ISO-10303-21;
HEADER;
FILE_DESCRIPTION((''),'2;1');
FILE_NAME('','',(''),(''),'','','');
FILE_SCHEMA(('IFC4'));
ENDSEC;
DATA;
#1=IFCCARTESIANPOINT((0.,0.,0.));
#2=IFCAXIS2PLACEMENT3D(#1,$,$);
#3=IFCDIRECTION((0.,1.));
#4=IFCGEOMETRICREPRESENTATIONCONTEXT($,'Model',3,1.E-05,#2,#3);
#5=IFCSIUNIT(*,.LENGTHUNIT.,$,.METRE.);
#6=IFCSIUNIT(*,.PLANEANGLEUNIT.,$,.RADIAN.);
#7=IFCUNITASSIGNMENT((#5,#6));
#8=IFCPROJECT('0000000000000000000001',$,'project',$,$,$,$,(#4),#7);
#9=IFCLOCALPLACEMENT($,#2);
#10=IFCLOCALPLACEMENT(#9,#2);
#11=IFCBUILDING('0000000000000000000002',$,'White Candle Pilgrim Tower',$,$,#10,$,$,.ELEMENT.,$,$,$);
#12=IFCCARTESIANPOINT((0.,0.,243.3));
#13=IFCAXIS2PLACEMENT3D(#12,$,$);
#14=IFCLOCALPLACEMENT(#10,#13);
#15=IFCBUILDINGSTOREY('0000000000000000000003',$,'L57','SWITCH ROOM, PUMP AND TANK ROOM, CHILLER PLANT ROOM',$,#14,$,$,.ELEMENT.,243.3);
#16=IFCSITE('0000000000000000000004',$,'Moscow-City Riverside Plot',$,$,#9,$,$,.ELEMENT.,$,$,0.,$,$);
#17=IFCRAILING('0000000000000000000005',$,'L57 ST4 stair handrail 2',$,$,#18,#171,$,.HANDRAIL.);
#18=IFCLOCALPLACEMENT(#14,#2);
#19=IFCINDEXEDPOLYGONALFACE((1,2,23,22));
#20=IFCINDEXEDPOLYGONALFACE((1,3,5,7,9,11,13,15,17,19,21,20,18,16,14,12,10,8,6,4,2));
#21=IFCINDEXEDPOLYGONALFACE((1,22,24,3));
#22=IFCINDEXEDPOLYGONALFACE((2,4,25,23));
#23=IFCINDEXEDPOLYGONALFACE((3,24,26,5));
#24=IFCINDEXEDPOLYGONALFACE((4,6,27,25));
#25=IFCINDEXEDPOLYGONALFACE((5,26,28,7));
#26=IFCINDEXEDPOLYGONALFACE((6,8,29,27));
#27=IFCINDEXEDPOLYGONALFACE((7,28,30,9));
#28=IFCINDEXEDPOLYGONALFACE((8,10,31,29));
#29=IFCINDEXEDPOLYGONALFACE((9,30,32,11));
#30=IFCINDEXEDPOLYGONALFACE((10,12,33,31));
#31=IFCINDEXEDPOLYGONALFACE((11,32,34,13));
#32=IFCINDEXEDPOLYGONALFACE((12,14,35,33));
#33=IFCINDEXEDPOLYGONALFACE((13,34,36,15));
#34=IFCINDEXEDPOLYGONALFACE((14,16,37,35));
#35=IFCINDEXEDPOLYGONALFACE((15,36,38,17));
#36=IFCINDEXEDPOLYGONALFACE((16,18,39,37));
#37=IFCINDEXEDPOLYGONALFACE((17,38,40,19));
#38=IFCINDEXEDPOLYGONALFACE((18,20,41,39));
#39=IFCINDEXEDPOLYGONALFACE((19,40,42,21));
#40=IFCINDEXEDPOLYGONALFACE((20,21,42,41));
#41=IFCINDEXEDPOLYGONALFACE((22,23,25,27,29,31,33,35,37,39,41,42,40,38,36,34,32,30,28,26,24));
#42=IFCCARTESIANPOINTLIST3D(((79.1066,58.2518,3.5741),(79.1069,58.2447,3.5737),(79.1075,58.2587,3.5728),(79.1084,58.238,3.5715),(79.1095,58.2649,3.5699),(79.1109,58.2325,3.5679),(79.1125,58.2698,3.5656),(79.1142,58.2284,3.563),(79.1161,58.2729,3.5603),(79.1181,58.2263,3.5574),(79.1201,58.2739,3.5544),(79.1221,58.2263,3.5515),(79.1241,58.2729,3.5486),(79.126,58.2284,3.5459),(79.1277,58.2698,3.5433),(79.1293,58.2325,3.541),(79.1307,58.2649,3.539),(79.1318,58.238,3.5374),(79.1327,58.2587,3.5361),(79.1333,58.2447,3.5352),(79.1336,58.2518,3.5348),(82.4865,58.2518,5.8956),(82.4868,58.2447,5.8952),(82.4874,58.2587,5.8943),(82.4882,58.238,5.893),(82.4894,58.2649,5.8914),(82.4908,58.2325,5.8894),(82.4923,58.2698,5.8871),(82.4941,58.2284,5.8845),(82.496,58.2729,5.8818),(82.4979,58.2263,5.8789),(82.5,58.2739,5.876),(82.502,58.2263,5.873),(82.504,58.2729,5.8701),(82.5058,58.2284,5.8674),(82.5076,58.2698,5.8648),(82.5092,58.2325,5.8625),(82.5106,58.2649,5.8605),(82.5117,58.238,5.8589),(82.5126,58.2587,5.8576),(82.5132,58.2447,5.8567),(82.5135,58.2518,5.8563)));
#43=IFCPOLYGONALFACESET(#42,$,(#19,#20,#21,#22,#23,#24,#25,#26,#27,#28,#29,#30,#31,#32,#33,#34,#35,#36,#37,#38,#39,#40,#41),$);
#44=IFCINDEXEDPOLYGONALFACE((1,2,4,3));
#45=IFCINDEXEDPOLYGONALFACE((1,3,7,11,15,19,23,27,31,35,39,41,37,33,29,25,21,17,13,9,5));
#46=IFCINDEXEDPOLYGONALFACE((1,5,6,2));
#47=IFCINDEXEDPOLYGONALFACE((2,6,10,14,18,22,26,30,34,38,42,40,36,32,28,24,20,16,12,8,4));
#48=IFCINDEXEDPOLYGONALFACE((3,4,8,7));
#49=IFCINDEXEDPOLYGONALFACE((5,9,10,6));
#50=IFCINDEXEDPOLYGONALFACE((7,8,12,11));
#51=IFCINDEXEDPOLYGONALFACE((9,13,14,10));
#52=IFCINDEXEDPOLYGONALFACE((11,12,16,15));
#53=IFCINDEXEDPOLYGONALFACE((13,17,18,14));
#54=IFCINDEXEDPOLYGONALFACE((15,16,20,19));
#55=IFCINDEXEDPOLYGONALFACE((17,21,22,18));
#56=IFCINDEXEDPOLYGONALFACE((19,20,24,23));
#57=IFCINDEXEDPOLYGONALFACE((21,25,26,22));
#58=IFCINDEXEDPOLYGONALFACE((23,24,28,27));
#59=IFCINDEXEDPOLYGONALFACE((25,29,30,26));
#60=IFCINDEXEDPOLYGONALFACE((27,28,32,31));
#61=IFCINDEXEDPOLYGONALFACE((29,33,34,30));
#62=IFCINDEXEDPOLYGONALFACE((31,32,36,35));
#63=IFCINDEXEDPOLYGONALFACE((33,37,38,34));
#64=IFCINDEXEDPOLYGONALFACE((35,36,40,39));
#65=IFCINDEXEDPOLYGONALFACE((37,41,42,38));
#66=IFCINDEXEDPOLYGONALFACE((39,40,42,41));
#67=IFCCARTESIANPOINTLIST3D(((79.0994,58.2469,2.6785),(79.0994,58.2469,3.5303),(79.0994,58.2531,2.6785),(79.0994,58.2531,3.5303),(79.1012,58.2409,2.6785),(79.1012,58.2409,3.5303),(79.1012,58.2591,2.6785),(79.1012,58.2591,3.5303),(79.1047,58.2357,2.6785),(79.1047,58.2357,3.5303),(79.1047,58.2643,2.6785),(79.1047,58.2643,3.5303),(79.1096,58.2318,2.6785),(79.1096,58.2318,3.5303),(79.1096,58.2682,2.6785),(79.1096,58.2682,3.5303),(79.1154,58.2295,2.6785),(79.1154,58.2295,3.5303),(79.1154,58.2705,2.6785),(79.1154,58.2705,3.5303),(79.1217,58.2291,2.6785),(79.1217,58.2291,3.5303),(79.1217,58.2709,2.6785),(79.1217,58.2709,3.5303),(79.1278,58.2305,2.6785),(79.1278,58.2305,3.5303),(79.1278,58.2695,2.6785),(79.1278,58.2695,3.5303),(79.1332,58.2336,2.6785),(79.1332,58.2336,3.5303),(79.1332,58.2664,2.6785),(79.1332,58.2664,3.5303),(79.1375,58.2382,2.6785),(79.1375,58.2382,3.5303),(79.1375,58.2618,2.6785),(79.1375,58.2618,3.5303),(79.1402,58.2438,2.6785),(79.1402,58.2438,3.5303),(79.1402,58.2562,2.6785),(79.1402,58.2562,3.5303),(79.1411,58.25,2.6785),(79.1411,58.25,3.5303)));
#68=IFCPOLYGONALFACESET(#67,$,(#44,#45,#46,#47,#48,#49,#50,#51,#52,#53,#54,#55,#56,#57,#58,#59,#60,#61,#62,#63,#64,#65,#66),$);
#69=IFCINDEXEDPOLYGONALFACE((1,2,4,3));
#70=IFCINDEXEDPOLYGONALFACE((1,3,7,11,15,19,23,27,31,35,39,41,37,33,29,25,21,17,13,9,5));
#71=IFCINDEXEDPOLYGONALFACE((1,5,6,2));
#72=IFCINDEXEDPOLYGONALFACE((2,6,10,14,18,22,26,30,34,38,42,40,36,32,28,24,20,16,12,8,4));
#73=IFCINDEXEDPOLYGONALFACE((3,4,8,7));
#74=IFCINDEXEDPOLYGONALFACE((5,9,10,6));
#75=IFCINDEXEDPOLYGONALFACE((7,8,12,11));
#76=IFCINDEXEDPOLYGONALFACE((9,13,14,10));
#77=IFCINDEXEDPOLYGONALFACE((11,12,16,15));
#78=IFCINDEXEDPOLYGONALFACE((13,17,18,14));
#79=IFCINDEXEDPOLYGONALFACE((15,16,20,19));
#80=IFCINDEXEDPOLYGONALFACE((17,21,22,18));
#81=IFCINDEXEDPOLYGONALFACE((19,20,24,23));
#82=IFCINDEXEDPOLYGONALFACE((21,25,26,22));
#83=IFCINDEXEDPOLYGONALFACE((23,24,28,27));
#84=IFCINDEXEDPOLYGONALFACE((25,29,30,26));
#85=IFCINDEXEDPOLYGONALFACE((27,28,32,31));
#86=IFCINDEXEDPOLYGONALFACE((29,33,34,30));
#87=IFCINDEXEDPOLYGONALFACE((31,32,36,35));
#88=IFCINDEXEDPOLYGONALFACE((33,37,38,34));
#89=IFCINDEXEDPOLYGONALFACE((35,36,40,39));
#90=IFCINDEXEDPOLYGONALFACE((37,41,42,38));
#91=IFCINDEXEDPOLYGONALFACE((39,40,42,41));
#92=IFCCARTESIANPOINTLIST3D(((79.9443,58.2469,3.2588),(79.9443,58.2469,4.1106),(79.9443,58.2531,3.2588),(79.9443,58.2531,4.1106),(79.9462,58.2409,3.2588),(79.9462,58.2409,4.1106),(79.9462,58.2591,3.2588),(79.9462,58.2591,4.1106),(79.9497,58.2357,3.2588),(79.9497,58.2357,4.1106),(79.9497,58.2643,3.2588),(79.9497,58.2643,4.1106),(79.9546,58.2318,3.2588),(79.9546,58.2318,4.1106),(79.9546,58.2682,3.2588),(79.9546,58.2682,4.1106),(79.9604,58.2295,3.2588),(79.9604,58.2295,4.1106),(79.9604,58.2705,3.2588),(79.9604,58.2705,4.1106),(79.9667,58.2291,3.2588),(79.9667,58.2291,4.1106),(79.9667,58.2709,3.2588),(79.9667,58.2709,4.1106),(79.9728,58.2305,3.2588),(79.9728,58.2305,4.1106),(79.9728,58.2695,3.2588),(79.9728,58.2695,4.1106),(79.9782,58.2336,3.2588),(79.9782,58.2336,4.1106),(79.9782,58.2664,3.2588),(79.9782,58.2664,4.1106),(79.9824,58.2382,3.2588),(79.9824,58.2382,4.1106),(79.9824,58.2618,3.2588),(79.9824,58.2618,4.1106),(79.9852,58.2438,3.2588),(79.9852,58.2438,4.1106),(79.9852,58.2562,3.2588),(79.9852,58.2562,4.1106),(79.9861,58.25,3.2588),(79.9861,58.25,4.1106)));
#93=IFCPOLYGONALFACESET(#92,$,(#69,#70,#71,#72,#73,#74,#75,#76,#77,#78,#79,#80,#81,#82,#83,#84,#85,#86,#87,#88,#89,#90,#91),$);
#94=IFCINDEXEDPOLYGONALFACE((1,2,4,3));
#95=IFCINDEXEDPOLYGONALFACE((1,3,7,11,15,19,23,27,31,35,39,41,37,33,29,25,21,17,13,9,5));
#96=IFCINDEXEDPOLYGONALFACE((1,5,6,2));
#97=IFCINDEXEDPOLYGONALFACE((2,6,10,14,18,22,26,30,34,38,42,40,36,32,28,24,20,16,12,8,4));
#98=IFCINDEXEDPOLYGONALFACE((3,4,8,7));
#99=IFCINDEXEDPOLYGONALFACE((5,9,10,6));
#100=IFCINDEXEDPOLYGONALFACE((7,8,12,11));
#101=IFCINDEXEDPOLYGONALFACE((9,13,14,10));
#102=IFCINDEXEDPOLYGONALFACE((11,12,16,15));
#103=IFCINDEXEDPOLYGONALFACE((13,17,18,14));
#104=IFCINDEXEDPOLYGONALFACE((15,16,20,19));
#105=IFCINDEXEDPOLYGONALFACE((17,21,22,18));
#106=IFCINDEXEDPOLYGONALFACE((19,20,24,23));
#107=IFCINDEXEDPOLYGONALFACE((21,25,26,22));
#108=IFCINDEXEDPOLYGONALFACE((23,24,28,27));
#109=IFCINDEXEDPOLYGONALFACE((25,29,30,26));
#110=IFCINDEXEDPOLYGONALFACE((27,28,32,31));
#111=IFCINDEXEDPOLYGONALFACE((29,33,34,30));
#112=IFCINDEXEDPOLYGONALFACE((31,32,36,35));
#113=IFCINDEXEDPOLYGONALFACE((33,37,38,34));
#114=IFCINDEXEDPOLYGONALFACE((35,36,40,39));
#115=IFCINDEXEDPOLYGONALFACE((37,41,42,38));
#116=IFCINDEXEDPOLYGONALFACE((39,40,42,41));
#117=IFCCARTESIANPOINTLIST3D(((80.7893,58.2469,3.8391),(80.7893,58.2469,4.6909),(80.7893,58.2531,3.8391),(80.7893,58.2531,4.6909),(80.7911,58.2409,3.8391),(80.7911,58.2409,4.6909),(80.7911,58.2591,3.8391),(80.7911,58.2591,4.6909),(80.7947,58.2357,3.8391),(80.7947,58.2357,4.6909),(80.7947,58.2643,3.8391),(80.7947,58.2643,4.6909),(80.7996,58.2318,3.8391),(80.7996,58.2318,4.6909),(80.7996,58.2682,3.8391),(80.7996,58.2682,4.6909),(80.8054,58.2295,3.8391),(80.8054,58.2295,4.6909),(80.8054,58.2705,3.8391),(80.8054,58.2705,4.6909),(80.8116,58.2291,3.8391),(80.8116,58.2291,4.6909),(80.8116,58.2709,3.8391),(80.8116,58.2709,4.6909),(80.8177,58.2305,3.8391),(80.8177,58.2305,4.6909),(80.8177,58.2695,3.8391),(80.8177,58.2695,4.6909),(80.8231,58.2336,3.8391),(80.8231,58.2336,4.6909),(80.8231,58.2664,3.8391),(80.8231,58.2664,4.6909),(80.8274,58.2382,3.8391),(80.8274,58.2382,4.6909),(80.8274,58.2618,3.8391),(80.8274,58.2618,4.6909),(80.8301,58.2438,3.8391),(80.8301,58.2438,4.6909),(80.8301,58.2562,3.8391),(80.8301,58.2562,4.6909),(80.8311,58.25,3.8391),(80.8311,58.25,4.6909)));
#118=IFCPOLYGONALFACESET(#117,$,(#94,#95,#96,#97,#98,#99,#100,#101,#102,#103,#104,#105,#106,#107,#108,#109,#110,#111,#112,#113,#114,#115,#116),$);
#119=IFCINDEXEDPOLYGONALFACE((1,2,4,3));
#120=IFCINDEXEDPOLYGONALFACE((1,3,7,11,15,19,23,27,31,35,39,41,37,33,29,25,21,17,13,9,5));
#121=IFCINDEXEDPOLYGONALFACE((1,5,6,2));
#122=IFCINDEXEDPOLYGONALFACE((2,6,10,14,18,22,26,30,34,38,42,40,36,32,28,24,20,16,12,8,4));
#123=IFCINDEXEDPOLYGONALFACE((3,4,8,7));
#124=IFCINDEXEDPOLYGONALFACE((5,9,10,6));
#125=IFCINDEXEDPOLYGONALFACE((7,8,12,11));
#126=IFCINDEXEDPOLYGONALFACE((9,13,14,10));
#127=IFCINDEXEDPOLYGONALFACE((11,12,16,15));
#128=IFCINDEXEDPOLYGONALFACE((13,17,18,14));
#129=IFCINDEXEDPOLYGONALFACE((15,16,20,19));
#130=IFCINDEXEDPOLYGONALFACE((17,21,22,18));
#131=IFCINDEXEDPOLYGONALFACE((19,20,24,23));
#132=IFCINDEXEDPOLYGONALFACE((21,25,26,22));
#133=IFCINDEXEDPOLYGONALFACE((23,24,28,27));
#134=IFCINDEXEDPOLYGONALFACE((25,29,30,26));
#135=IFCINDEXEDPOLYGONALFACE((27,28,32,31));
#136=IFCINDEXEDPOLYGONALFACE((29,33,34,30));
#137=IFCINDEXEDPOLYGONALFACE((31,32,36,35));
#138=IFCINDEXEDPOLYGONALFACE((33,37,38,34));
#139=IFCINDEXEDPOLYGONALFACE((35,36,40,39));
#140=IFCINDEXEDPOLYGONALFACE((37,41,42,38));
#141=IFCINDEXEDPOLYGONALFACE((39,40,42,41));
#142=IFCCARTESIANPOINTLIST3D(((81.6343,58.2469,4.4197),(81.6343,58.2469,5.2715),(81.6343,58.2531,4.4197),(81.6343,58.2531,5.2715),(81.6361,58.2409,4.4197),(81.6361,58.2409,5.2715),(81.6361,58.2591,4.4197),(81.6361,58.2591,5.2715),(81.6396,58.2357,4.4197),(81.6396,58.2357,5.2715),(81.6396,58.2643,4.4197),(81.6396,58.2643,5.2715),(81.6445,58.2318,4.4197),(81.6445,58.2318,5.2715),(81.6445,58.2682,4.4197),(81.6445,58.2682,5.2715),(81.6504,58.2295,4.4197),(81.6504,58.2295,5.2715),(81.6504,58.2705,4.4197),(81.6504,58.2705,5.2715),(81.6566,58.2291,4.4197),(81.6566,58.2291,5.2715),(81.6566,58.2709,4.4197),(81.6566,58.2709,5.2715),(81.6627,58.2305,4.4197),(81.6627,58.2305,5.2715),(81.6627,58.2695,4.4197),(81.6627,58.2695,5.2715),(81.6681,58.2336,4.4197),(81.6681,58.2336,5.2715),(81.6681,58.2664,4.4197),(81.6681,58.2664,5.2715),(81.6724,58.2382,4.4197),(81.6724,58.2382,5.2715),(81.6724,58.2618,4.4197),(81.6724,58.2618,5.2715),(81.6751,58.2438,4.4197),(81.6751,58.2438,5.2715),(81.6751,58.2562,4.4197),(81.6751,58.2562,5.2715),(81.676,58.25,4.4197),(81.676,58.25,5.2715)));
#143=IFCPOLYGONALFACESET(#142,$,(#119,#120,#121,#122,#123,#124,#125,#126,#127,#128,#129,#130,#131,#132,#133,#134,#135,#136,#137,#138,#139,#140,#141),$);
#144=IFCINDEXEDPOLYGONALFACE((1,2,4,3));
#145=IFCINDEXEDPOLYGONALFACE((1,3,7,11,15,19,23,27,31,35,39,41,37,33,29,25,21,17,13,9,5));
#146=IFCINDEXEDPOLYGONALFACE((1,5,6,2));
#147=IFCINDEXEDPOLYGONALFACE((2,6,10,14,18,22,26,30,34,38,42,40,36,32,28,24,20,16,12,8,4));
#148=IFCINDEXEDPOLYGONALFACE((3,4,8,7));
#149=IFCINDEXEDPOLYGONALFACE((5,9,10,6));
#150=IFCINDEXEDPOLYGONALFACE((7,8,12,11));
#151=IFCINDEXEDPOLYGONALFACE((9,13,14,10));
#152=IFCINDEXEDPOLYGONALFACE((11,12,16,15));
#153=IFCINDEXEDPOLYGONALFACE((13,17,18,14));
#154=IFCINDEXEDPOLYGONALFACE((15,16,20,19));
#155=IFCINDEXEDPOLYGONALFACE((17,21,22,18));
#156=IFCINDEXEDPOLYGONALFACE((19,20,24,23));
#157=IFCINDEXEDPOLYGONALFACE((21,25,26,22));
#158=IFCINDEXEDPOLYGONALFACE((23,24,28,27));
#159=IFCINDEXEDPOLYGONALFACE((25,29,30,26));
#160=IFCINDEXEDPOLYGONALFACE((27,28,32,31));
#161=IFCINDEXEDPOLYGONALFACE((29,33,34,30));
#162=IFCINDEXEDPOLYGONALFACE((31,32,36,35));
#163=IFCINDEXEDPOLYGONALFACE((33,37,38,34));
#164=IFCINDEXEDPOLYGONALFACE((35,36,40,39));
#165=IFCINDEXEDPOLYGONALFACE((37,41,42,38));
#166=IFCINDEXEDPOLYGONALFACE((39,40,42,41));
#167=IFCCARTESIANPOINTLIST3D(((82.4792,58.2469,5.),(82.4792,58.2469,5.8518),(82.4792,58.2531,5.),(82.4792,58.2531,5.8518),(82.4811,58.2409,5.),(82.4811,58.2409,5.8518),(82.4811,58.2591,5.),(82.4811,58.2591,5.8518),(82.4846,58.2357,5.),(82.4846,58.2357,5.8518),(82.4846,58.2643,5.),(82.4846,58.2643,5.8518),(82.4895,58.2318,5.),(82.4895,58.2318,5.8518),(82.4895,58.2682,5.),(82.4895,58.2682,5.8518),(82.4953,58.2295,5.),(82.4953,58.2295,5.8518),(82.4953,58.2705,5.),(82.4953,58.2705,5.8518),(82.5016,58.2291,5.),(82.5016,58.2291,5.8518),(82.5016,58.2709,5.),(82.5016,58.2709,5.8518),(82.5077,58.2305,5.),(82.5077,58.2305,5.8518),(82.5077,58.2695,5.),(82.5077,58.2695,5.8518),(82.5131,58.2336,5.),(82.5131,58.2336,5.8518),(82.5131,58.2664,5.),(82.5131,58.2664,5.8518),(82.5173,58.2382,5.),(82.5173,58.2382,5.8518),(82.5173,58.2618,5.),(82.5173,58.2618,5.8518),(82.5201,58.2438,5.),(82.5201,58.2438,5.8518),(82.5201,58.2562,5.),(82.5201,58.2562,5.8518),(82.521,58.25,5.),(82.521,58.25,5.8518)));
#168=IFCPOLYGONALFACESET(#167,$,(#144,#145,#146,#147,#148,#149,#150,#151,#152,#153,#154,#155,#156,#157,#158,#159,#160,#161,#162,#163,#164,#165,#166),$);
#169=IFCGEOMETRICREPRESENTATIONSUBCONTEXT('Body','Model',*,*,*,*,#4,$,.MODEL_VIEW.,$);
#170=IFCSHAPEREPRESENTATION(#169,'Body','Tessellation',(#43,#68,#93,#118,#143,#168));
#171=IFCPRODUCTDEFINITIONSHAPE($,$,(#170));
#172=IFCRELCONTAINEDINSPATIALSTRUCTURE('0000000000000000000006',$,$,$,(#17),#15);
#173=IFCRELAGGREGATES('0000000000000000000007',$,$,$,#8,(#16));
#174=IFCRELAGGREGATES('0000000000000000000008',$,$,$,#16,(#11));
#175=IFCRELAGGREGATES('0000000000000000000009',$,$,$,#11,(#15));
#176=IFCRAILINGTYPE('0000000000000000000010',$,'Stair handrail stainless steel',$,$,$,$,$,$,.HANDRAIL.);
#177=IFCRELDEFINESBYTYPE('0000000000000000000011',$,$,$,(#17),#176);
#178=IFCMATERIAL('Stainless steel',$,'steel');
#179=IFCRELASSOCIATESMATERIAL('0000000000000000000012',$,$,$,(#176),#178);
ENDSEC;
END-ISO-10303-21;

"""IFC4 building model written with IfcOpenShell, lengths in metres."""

from ifc_helpers import new_model, si_unit, direction, frame, origin, origin_2d, place, context, subcontext, project, spatial, circle, extrude, material, type_object, element, save


model = new_model("IFC4")

# Units and contexts
model_context = context("Model", 3, precision=1e-05, world=origin(), true_north=direction((0.0, 1.0)))
body_context = subcontext(model_context, "Body", "Model", "MODEL_VIEW")
ifc_project = project(units=[si_unit("LENGTHUNIT", "METRE"), si_unit("PLANEANGLEUNIT", "RADIAN")], contexts=[model_context])

# Site, building, storey
site_placement = place(None, origin())
site = spatial("IfcSite", under=ifc_project, at=site_placement, Name="Moscow-City Riverside Plot", CompositionType="ELEMENT", RefElevation=0.0)
building_placement = place(site_placement, origin())
building = spatial("IfcBuilding", under=site, at=building_placement, Name="White Candle Pilgrim Tower", CompositionType="ELEMENT")
storey_placement = place(building_placement, frame((0.0, 0.0, 243.3)))
storey = spatial("IfcBuildingStorey", under=building, at=storey_placement, Name="L57", Description="SWITCH ROOM, PUMP AND TANK ROOM, CHILLER PLANT ROOM", CompositionType="ELEMENT", Elevation=243.3)

# Railing
ifc_material_1 = material(Name="Stainless steel", Category="steel")
railing_type_1 = type_object("IfcRailingType", Name="Stair handrail stainless steel", PredefinedType="HANDRAIL", material=ifc_material_1)
railing_1_placement = place(storey_placement, frame((79.1201, 58.25, 2.6785)))
element("IfcRailing", 1, at=railing_1_placement, inside=storey, type_object=railing_type_1, Name="L57 ST4 stair handrail 2", PredefinedType="HANDRAIL", context=body_context, shape_type="SweptSolid", body=[
    extrude(circle(Radius=0.0239, at=origin_2d()), frame((0.0, 0.0, 0.876), z_axis=(0.824285, 0.0, 0.566175), x_axis=(0.0, 1.0, 0.0)), (0.0, 0.0, 1.0), 4.1003),
    extrude(circle(Radius=0.021, at=origin_2d()), origin(), (0.0, 0.0, 1.0), 0.8518),
    extrude(circle(Radius=0.021, at=origin_2d()), frame((0.845, 0.0, 0.5803)), (0.0, 0.0, 1.0), 0.8518),
    extrude(circle(Radius=0.021, at=origin_2d()), frame((1.6899, 0.0, 1.1606)), (0.0, 0.0, 1.0), 0.8518),
    extrude(circle(Radius=0.021, at=origin_2d()), frame((2.5349, 0.0, 1.7412)), (0.0, 0.0, 1.0), 0.8518),
    extrude(circle(Radius=0.021, at=origin_2d()), frame((3.3799, 0.0, 2.3215)), (0.0, 0.0, 1.0), 0.8518),
])

save(model, "model.ifc")
